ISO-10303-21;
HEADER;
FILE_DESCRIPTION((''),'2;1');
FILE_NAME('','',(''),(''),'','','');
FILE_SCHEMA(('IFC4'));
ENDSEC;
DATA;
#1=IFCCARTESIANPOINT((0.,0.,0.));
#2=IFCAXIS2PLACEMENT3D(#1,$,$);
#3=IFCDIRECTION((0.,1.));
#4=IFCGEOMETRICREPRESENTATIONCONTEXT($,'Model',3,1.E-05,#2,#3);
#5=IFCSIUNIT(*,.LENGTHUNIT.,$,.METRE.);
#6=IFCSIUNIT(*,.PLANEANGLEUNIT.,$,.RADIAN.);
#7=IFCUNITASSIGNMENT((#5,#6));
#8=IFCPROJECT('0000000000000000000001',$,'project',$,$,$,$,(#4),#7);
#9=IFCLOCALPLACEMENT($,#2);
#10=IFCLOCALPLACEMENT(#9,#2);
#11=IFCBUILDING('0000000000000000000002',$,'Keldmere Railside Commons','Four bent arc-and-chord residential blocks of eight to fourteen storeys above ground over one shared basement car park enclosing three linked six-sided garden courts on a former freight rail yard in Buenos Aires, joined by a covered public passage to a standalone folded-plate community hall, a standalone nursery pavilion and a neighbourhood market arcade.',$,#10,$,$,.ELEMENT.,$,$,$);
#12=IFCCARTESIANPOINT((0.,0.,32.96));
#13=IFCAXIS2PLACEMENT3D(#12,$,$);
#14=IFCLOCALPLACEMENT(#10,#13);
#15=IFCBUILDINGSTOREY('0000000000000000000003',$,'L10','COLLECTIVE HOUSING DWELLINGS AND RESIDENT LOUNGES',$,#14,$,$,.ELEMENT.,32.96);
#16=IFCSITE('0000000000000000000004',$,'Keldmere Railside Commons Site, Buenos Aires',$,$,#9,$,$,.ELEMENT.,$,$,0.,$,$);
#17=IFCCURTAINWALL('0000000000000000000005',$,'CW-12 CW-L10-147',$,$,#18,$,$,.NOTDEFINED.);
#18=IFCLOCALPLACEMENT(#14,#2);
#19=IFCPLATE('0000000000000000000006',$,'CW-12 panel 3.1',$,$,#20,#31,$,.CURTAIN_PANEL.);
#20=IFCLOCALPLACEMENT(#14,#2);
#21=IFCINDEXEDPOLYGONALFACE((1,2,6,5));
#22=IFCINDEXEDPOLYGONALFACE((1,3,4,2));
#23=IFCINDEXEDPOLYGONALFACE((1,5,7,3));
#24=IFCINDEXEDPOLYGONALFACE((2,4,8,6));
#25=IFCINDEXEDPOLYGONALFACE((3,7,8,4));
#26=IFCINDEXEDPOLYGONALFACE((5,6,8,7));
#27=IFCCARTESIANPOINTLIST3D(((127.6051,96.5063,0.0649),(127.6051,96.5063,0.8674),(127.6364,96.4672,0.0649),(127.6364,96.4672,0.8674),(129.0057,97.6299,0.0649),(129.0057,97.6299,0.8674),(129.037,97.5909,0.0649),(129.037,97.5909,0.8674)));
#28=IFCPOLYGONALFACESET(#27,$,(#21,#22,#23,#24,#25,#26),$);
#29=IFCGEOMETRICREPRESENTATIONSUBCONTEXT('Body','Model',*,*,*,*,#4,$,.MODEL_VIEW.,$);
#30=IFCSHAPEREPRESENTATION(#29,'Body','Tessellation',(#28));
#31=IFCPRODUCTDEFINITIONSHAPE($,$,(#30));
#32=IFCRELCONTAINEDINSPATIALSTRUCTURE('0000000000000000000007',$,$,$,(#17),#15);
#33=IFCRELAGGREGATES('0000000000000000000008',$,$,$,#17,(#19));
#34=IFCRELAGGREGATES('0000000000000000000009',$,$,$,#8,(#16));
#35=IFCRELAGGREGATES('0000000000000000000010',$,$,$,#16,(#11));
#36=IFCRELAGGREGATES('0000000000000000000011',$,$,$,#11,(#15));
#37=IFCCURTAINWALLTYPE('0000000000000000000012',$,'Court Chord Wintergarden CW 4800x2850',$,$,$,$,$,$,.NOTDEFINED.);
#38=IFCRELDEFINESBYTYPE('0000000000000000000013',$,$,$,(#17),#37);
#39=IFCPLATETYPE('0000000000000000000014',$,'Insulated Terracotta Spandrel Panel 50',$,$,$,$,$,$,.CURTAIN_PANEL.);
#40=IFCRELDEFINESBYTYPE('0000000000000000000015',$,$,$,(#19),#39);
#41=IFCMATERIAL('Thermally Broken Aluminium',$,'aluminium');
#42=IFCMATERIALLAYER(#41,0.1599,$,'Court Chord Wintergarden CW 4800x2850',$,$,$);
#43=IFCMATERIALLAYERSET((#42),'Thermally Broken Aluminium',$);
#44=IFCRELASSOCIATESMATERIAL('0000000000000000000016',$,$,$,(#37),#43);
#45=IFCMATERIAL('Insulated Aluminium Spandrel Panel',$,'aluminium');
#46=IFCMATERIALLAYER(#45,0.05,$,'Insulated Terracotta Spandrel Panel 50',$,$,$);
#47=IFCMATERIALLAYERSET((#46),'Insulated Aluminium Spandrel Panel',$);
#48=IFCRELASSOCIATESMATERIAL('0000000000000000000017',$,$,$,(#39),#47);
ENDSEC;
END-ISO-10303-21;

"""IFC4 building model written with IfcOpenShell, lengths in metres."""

from ifc_helpers import new_model, si_unit, direction, frame, origin, origin_2d, place, context, subcontext, project, spatial, rectangle, extrude, material, layer, layer_set, type_object, element, aggregate, save


model = new_model("IFC4")

# Units and contexts
model_context = context("Model", 3, precision=1e-05, world=origin(), true_north=direction((0.0, 1.0)))
body_context = subcontext(model_context, "Body", "Model", "MODEL_VIEW")
ifc_project = project(units=[si_unit("LENGTHUNIT", "METRE"), si_unit("PLANEANGLEUNIT", "RADIAN")], contexts=[model_context])

# Site, building, storey
site_placement = place(None, origin())
site = spatial("IfcSite", under=ifc_project, at=site_placement, Name="Keldmere Railside Commons Site, Buenos Aires", CompositionType="ELEMENT", RefElevation=0.0)
building_placement = place(site_placement, origin())
building = spatial("IfcBuilding", under=site, at=building_placement, Name="Keldmere Railside Commons", Description="Four bent arc-and-chord residential blocks of eight to fourteen storeys above ground over one shared basement car park enclosing three linked six-sided garden courts on a former freight rail yard in Buenos Aires, joined by a covered public passage to a standalone folded-plate community hall, a standalone nursery pavilion and a neighbourhood market arcade.", CompositionType="ELEMENT")
storey_placement = place(building_placement, frame((0.0, 0.0, 32.96)))
storey = spatial("IfcBuildingStorey", under=building, at=storey_placement, Name="L10", Description="COLLECTIVE HOUSING DWELLINGS AND RESIDENT LOUNGES", CompositionType="ELEMENT", Elevation=32.96)

# Shared definitions
ifc_material_1 = material(Name="Thermally Broken Aluminium", Category="aluminium")

# Curtain wall
ifc_layer_1 = layer(ifc_material_1, 0.1599, Name="Court Chord Wintergarden CW 4800x2850")
ifc_layer_set_1 = layer_set([ifc_layer_1], Name="Thermally Broken Aluminium")
curtain_wall_type_1 = type_object("IfcCurtainWallType", Name="Court Chord Wintergarden CW 4800x2850", PredefinedType="NOTDEFINED", material=ifc_layer_set_1)
curtain_wall_1_placement = place(storey_placement, origin())
curtain_wall_1 = element("IfcCurtainWall", 1, at=curtain_wall_1_placement, inside=storey, type_object=curtain_wall_type_1, Name="CW-12 CW-L10-147", PredefinedType="NOTDEFINED")

# Plate
ifc_material_2 = material(Name="Insulated Aluminium Spandrel Panel", Category="aluminium")
ifc_layer_2 = layer(ifc_material_2, 0.05, Name="Insulated Terracotta Spandrel Panel 50")
ifc_layer_set_2 = layer_set([ifc_layer_2], Name="Insulated Aluminium Spandrel Panel")
plate_type_1 = type_object("IfcPlateType", Name="Insulated Terracotta Spandrel Panel 50", PredefinedType="CURTAIN_PANEL", material=ifc_layer_set_2)
plate_1_placement = place(storey_placement, frame((128.321, 97.0486, 0.0649), z_axis=(0.0, 0.0, 1.0), x_axis=(-0.780009, -0.625768, 0.0)))
plate_1 = element("IfcPlate", 2, at=plate_1_placement, type_object=plate_type_1, Name="CW-12 panel 3.1", PredefinedType="CURTAIN_PANEL", context=body_context, shape_type="SweptSolid", body=[
    extrude(rectangle(XDim=1.7957, YDim=0.05, at=origin_2d()), origin(), (0.0, 0.0, 1.0), 0.8025),
])
aggregate(curtain_wall_1, [plate_1])

save(model, "model.ifc")
